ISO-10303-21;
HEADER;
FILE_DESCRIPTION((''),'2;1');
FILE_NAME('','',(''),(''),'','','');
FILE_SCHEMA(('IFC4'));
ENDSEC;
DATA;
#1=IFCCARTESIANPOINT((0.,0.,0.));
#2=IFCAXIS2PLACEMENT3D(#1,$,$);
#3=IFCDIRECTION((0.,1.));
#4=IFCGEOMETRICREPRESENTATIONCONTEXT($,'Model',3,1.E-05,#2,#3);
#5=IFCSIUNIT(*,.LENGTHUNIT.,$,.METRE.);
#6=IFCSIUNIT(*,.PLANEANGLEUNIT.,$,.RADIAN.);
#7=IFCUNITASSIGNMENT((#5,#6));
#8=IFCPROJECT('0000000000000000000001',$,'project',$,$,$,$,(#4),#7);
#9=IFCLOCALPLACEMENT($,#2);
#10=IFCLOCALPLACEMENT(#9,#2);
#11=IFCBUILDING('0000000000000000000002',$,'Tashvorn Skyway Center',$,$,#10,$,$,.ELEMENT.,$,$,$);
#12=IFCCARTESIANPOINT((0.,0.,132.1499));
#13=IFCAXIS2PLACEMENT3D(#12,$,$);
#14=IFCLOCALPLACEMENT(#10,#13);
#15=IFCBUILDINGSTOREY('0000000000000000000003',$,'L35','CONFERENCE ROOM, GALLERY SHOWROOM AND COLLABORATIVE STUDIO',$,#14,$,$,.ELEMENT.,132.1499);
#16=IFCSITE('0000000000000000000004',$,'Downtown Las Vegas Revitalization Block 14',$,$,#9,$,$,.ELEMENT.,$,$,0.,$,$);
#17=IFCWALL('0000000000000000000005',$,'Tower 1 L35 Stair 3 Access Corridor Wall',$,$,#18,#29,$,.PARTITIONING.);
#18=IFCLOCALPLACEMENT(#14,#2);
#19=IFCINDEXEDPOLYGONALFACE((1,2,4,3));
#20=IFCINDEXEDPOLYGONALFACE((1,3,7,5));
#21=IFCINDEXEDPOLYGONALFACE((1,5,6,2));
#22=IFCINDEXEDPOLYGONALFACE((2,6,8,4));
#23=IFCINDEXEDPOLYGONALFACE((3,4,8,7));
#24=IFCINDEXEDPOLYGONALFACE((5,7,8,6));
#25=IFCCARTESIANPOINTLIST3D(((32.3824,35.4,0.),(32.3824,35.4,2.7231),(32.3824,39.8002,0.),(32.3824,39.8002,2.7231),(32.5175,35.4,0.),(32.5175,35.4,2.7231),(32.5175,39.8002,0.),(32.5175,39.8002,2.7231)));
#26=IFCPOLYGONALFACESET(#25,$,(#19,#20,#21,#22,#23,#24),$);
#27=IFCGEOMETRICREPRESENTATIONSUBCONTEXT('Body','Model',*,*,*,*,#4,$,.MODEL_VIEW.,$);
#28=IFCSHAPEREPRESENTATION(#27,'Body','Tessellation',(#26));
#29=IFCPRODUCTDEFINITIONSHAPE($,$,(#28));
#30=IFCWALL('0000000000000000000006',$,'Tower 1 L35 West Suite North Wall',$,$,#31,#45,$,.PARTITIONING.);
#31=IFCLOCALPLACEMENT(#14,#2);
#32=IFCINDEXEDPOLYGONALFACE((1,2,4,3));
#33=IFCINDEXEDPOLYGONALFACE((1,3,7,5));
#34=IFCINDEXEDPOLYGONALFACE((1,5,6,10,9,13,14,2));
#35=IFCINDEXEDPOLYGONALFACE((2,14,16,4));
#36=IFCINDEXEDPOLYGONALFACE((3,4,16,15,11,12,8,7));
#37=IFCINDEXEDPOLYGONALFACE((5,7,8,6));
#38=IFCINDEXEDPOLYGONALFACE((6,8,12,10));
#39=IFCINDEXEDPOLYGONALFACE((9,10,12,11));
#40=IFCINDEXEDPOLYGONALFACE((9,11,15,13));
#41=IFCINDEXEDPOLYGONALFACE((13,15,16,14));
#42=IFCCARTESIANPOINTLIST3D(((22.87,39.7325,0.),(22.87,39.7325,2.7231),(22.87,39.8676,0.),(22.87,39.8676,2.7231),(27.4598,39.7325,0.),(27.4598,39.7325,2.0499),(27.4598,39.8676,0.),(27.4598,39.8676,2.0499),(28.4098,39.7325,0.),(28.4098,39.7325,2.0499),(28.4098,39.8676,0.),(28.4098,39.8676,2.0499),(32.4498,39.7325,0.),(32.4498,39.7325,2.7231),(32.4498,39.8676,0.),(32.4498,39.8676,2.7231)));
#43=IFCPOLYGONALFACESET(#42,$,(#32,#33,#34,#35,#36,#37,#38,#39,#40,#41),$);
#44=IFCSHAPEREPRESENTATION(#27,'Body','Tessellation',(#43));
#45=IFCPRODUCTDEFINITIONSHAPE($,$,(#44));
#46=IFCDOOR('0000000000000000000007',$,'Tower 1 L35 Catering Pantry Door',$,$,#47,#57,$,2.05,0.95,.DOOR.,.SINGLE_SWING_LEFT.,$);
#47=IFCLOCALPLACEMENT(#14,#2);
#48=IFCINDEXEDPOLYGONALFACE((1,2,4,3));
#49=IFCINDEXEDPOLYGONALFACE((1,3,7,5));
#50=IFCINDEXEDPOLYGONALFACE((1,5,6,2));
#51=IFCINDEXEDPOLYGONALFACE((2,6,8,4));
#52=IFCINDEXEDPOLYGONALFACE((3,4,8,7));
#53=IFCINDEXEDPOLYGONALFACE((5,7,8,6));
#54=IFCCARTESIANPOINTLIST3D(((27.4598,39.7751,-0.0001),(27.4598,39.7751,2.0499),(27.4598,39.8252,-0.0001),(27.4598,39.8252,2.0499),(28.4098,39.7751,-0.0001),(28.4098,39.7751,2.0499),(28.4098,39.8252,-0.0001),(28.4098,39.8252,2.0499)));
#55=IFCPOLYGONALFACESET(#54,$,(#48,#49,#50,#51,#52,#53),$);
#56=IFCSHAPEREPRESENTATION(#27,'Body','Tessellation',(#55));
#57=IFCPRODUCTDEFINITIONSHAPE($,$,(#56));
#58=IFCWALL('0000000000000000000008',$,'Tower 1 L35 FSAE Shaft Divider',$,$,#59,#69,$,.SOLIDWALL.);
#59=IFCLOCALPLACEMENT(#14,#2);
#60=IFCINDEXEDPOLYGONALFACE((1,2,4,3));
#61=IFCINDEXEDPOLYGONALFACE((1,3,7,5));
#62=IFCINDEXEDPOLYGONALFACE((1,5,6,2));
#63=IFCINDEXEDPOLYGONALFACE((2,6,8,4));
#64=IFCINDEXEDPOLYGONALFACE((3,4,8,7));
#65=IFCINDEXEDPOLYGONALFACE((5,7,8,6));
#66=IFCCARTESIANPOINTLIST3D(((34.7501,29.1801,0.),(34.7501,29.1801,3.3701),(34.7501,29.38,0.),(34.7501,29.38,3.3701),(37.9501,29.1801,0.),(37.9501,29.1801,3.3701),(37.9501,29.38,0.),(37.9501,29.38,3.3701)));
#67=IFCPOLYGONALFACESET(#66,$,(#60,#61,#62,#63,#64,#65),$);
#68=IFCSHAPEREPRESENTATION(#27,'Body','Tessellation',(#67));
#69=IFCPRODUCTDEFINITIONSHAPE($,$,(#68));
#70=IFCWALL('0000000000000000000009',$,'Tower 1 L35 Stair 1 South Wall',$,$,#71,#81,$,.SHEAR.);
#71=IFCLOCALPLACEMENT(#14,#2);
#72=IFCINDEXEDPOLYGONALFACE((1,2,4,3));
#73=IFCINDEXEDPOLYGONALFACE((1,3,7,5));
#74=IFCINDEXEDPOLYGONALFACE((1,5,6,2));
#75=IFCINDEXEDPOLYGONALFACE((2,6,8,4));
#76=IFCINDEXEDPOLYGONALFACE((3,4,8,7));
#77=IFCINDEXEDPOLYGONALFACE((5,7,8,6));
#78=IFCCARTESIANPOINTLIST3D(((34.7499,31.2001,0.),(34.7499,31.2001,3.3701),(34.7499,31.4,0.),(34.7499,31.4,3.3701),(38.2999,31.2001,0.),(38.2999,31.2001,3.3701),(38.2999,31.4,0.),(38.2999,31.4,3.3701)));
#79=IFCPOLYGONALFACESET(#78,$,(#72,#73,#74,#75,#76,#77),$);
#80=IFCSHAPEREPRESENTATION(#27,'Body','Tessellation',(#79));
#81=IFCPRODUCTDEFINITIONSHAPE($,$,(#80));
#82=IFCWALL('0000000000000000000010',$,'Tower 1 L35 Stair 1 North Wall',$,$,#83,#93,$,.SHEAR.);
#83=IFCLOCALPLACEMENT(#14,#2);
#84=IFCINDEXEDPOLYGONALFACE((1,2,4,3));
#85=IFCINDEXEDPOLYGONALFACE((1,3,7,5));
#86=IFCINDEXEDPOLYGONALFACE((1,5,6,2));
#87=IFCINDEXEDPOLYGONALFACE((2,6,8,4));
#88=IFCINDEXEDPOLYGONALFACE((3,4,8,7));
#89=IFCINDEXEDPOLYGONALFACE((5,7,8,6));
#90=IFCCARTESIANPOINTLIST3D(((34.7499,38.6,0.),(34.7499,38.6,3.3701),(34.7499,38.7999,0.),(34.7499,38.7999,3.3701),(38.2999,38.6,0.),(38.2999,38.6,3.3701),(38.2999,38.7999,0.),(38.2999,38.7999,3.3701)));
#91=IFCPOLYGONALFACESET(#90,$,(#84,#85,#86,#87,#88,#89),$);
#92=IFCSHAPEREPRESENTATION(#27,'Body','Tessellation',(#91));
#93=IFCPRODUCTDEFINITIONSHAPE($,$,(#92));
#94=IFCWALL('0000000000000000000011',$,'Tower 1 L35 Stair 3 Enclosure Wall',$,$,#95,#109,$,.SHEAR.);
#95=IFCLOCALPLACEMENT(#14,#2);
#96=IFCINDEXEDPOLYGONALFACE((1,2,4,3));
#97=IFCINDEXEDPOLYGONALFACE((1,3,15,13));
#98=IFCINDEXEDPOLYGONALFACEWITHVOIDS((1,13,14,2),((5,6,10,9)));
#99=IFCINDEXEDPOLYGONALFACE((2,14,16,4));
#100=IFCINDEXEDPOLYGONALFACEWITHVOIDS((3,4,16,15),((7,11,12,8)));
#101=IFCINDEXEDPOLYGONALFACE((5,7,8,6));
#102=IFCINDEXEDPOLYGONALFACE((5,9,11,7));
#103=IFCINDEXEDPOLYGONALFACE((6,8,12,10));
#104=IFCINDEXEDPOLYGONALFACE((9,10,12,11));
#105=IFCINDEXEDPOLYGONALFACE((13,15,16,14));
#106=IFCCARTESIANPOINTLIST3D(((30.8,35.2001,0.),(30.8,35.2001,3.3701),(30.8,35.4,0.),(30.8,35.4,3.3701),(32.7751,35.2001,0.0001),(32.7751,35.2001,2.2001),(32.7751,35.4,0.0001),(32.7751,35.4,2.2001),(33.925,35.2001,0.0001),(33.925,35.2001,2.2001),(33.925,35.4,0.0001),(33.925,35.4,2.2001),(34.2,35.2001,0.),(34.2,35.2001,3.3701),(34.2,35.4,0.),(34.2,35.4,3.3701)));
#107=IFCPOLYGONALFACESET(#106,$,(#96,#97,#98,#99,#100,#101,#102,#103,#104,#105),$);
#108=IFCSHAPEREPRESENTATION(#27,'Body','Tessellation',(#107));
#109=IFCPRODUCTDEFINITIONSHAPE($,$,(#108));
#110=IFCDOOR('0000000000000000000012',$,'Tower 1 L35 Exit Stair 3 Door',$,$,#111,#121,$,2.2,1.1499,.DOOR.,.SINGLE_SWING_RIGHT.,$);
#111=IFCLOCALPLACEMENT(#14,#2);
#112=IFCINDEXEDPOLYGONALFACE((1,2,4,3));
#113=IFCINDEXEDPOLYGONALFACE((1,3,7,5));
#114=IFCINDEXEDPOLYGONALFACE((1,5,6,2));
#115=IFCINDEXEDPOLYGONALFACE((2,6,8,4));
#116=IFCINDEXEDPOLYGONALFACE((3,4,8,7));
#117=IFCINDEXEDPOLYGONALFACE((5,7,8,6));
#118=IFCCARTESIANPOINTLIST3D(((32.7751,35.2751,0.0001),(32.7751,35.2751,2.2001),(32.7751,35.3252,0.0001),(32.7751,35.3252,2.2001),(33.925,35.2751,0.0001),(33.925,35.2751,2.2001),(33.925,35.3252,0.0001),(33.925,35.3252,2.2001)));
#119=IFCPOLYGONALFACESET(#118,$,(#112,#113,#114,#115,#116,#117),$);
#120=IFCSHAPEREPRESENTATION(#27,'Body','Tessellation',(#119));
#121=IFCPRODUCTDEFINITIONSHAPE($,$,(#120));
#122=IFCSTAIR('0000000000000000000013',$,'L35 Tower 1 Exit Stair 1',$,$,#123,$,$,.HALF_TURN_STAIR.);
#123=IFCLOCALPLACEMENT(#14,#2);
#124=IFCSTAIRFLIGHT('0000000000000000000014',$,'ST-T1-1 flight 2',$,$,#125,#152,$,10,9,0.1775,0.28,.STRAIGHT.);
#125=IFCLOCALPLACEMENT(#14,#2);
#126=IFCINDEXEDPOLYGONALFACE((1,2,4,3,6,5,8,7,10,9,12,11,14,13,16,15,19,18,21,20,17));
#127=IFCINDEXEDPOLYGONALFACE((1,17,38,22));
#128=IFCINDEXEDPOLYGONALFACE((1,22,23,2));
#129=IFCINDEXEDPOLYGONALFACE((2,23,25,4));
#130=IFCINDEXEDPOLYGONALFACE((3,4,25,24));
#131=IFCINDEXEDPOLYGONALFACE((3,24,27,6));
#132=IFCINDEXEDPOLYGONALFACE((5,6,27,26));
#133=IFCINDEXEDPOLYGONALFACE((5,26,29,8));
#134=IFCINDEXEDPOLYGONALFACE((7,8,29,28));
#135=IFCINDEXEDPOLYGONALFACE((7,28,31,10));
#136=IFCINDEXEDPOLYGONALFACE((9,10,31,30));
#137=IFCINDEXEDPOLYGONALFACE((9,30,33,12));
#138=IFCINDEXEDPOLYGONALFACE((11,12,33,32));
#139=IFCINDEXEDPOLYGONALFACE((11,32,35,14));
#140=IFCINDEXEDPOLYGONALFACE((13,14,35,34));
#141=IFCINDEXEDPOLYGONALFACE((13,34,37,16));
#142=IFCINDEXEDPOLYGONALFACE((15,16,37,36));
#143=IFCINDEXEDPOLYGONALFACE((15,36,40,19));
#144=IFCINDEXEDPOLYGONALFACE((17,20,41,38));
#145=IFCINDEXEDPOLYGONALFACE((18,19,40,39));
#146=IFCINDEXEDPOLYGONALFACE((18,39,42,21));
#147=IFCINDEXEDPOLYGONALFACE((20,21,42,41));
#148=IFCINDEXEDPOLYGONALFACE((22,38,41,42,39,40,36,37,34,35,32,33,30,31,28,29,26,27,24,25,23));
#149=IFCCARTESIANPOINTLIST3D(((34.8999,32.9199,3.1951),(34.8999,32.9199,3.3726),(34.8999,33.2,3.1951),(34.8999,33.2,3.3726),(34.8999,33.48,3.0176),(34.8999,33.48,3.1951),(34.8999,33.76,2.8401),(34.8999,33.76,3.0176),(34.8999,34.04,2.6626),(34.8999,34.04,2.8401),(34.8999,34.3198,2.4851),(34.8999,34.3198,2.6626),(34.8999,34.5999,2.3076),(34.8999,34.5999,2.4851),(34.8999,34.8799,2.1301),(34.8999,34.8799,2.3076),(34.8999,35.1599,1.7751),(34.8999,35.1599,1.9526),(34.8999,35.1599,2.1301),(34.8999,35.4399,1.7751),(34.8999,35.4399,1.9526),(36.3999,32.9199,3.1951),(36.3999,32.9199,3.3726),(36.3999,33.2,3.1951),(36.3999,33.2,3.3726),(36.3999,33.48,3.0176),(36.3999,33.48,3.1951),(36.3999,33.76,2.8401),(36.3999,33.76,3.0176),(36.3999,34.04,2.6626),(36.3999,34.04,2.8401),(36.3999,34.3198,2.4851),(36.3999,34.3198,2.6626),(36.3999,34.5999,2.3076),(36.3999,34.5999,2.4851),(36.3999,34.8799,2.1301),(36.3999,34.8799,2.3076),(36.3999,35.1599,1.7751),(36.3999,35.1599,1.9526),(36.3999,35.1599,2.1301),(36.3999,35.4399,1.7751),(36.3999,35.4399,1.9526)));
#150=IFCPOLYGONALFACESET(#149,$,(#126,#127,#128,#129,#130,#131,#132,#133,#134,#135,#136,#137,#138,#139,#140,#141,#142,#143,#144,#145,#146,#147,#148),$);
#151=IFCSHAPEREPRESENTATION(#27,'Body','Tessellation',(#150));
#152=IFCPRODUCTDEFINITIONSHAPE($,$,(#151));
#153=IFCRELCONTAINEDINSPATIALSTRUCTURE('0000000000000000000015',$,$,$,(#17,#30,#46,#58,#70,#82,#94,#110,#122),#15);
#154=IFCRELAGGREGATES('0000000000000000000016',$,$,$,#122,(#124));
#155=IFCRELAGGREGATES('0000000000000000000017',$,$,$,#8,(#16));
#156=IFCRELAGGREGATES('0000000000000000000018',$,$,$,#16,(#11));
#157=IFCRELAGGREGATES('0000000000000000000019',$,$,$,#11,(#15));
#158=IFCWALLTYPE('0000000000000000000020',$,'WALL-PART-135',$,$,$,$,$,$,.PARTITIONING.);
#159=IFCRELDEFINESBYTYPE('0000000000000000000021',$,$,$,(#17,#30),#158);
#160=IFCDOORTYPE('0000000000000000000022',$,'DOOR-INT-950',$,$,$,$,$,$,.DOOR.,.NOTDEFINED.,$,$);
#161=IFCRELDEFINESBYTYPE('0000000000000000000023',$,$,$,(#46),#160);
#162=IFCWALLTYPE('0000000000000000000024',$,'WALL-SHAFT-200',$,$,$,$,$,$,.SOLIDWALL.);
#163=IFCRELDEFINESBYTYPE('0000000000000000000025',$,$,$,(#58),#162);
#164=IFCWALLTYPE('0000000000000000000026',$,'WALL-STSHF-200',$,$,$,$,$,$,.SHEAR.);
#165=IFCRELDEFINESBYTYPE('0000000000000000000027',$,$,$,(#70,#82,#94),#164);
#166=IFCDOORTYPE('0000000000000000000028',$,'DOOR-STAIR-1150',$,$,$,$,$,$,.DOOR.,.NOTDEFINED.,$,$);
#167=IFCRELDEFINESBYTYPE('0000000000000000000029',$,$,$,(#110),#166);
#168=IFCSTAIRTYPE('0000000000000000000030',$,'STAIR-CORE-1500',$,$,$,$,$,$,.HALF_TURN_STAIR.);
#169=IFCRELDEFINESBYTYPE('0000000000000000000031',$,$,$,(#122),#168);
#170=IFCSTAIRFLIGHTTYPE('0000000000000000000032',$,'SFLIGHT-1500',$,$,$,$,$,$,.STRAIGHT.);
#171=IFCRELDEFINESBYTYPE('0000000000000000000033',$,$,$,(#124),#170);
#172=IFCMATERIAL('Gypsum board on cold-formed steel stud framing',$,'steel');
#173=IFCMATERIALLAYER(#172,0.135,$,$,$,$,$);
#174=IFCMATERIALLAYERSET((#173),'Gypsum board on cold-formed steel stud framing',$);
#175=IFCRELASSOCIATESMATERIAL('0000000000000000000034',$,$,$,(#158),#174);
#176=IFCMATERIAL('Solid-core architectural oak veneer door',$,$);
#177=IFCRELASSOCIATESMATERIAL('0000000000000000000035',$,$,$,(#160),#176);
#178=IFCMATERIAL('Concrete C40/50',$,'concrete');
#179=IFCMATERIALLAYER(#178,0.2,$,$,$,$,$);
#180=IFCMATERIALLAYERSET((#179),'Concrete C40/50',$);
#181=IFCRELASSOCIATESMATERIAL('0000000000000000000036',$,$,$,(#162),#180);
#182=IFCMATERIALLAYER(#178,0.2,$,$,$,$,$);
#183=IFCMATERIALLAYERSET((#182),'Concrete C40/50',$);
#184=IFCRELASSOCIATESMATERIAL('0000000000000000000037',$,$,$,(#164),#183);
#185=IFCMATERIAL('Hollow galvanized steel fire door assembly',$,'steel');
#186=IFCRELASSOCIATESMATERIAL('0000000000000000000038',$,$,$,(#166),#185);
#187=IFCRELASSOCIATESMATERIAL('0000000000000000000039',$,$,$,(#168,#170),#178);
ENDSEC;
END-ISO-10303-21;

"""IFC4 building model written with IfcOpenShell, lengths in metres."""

from ifc_helpers import new_model, si_unit, direction, frame, frame_2d, origin, place, context, subcontext, project, spatial, polyline, rectangle, outline, extrude, material, layer, layer_set, type_object, element, fill, aggregate, save


model = new_model("IFC4")

# Units and contexts
model_context = context("Model", 3, precision=1e-05, world=origin(), true_north=direction((0.0, 1.0)))
body_context = subcontext(model_context, "Body", "Model", "MODEL_VIEW")
ifc_project = project(units=[si_unit("LENGTHUNIT", "METRE"), si_unit("PLANEANGLEUNIT", "RADIAN")], contexts=[model_context])

# Site, building, storey
site_placement = place(None, origin())
site = spatial("IfcSite", under=ifc_project, at=site_placement, Name="Downtown Las Vegas Revitalization Block 14", CompositionType="ELEMENT", RefElevation=0.0)
building_placement = place(site_placement, origin())
building = spatial("IfcBuilding", under=site, at=building_placement, Name="Tashvorn Skyway Center", CompositionType="ELEMENT")
storey_placement = place(building_placement, frame((0.0, 0.0, 132.1499)))
storey = spatial("IfcBuildingStorey", under=building, at=storey_placement, Name="L35", Description="CONFERENCE ROOM, GALLERY SHOWROOM AND COLLABORATIVE STUDIO", CompositionType="ELEMENT", Elevation=132.1499)

# Shared definitions
ifc_material_1 = material(Name="Hollow galvanized steel fire door assembly", Category="steel")

# Wall
ifc_material_2 = material(Name="Gypsum board on cold-formed steel stud framing", Category="steel")
ifc_layer_1 = layer(ifc_material_2, 0.135)
ifc_layer_set_1 = layer_set([ifc_layer_1], Name="Gypsum board on cold-formed steel stud framing")
wall_type_1 = type_object("IfcWallType", Name="WALL-PART-135", PredefinedType="PARTITIONING", material=ifc_layer_set_1)
wall_1_placement = place(storey_placement, frame((32.45, 35.3999, 0.0), z_axis=(0.0, 0.0, 1.0), x_axis=(0.0, 1.0, 0.0)))
element("IfcWall", 1, at=wall_1_placement, inside=storey, type_object=wall_type_1, Name="Tower 1 L35 Stair 3 Access Corridor Wall", PredefinedType="PARTITIONING", context=body_context, shape_type="SweptSolid", body=[
    extrude(rectangle(XDim=4.4001, YDim=0.135, at=frame_2d((2.2002, 0.0))), origin(), (0.0, 0.0, 1.0), 2.7231),
])

# Wall, opening, door
wall_2_placement = place(storey_placement, frame((32.45, 39.8, 0.0), z_axis=(0.0, 0.0, 1.0), x_axis=(-1.0, 0.0, 0.0)))
wall_2 = element("IfcWall", 2, at=wall_2_placement, inside=storey, type_object=wall_type_1, Name="Tower 1 L35 West Suite North Wall", PredefinedType="PARTITIONING", context=body_context, shape_type="SweptSolid", body=[
    extrude(rectangle(XDim=9.5798, YDim=0.135, at=frame_2d((4.79, 0.0))), origin(), (0.0, 0.0, 1.0), 2.7231),
])
opening_1_placement = place(wall_2_placement, frame((4.04, 0.0, 0.0)))
opening_1 = element("IfcOpeningElement", 3, at=opening_1_placement, cuts=wall_2, PredefinedType="OPENING", context=body_context, shape_type="SweptSolid", body=[
    extrude(rectangle(XDim=0.95, YDim=2.05, at=frame_2d((0.4751, 1.0249))), frame((0.0, 0.0774, 0.0), z_axis=(0.0, -1.0, 0.0), x_axis=(1.0, 0.0, 0.0)), (0.0, 0.0, 1.0), 0.155),
])
ifc_material_3 = material(Name="Solid-core architectural oak veneer door")
door_type_1 = type_object("IfcDoorType", Name="DOOR-INT-950", OperationType="NOTDEFINED", PredefinedType="DOOR", material=ifc_material_3)
door_1_placement = place(opening_1_placement, origin())
door_1 = element("IfcDoor", 4, at=door_1_placement, inside=storey, type_object=door_type_1, Name="Tower 1 L35 Catering Pantry Door", OperationType="SINGLE_SWING_LEFT", OverallHeight=2.05, OverallWidth=0.95, PredefinedType="DOOR", context=body_context, shape_type="SweptSolid", body=[
    extrude(rectangle(XDim=0.95, YDim=2.05, at=frame_2d((0.4751, 1.0249))), frame((0.0, 0.0249, 0.0), z_axis=(0.0, -1.0, 0.0), x_axis=(1.0, 0.0, 0.0)), (0.0, 0.0, 1.0), 0.05),
])
fill(opening_1, door_1)

# Walls
ifc_material_4 = material(Name="Concrete C40/50", Category="concrete")
ifc_layer_2 = layer(ifc_material_4, 0.2)
ifc_layer_set_2 = layer_set([ifc_layer_2], Name="Concrete C40/50")
wall_type_2 = type_object("IfcWallType", Name="WALL-SHAFT-200", PredefinedType="SOLIDWALL", material=ifc_layer_set_2)
wall_3_placement = place(storey_placement, frame((34.75, 29.28, 0.0), z_axis=(0.0, 0.0, 1.0), x_axis=(1.0, 0.0, 0.0)))
element("IfcWall", 5, at=wall_3_placement, inside=storey, type_object=wall_type_2, Name="Tower 1 L35 FSAE Shaft Divider", PredefinedType="SOLIDWALL", context=body_context, shape_type="SweptSolid", body=[
    extrude(rectangle(XDim=3.2, YDim=0.2, at=frame_2d((1.6001, 0.0))), origin(), (0.0, 0.0, 1.0), 3.3701),
])
ifc_layer_3 = layer(ifc_material_4, 0.2)
ifc_layer_set_3 = layer_set([ifc_layer_3], Name="Concrete C40/50")
wall_type_3 = type_object("IfcWallType", Name="WALL-STSHF-200", PredefinedType="SHEAR", material=ifc_layer_set_3)
for number, where, z_axis, x_axis, name in (
    (6, (34.75, 31.3, 0.0), (0.0, 0.0, 1.0), (1.0, 0.0, 0.0), "Tower 1 L35 Stair 1 South Wall"),
    (7, (34.75, 38.7, 0.0), (0.0, 0.0, 1.0), (1.0, 0.0, 0.0), "Tower 1 L35 Stair 1 North Wall"),
):
    element("IfcWall", number, at=place(storey_placement, frame(where, z_axis=z_axis, x_axis=x_axis)), inside=storey, type_object=wall_type_3, Name=name, PredefinedType="SHEAR", context=body_context, shape_type="SweptSolid", body=[
        extrude(rectangle(XDim=3.55, YDim=0.2, at=frame_2d((1.7749, 0.0))), origin(), (0.0, 0.0, 1.0), 3.3701),
    ])

# Wall, opening, door
wall_4_placement = place(storey_placement, frame((34.2, 35.3, 0.0), z_axis=(0.0, 0.0, 1.0), x_axis=(-1.0, 0.0, 0.0)))
wall_4 = element("IfcWall", 8, at=wall_4_placement, inside=storey, type_object=wall_type_3, Name="Tower 1 L35 Stair 3 Enclosure Wall", PredefinedType="SHEAR", context=body_context, shape_type="SweptSolid", body=[
    extrude(rectangle(XDim=3.3999, YDim=0.2, at=frame_2d((1.7, 0.0))), origin(), (0.0, 0.0, 1.0), 3.3701),
])
opening_2_placement = place(wall_4_placement, frame((0.2749, 0.0, 0.0)))
opening_2 = element("IfcOpeningElement", 9, at=opening_2_placement, cuts=wall_4, PredefinedType="OPENING", context=body_context, shape_type="SweptSolid", body=[
    extrude(rectangle(XDim=1.1499, YDim=2.2, at=frame_2d((0.575, 1.1001))), frame((0.0, 0.1099, 0.0), z_axis=(0.0, -1.0, 0.0), x_axis=(1.0, 0.0, 0.0)), (0.0, 0.0, 1.0), 0.22),
])
door_type_2 = type_object("IfcDoorType", Name="DOOR-STAIR-1150", OperationType="NOTDEFINED", PredefinedType="DOOR", material=ifc_material_1)
door_2_placement = place(opening_2_placement, origin())
door_2 = element("IfcDoor", 10, at=door_2_placement, inside=storey, type_object=door_type_2, Name="Tower 1 L35 Exit Stair 3 Door", OperationType="SINGLE_SWING_RIGHT", OverallHeight=2.2, OverallWidth=1.1499, PredefinedType="DOOR", context=body_context, shape_type="SweptSolid", body=[
    extrude(rectangle(XDim=1.1499, YDim=2.2, at=frame_2d((0.575, 1.1001))), frame((0.0, 0.0249, 0.0), z_axis=(0.0, -1.0, 0.0), x_axis=(1.0, 0.0, 0.0)), (0.0, 0.0, 1.0), 0.05),
])
fill(opening_2, door_2)

# Stair, stair flight
stair_type = type_object("IfcStairType", Name="STAIR-CORE-1500", PredefinedType="HALF_TURN_STAIR", material=ifc_material_4)
stair_1_placement = place(storey_placement, origin())
stair_1 = element("IfcStair", 11, at=stair_1_placement, inside=storey, type_object=stair_type, Name="L35 Tower 1 Exit Stair 1", PredefinedType="HALF_TURN_STAIR")
stair_flight_type = type_object("IfcStairFlightType", Name="SFLIGHT-1500", PredefinedType="STRAIGHT", material=ifc_material_4)
stair_flight_1_placement = place(storey_placement, frame((35.6499, 35.4399, 1.7751), z_axis=(0.0, 0.0, 1.0), x_axis=(0.0, -1.0, 0.0)))
stair_flight_1 = element("IfcStairFlight", 12, at=stair_flight_1_placement, type_object=stair_flight_type, Name="ST-T1-1 flight 2", NumberOfRisers=10, NumberOfTreads=9, PredefinedType="STRAIGHT", RiserHeight=0.1775, TreadLength=0.28, context=body_context, shape_type="SweptSolid", body=[
    extrude(outline(polyline([(0.0, 0.0), (0.0, 0.1775), (0.28, 0.1775), (0.28, 0.355), (0.5601, 0.355), (0.5601, 0.5325), (0.8401, 0.5325), (0.8401, 0.71), (1.1201, 0.71), (1.1201, 0.8875), (1.3999, 0.8875), (1.3999, 1.0649), (1.6799, 1.0649), (1.6799, 1.2424), (1.96, 1.2424), (1.96, 1.4199), (2.24, 1.4199), (2.24, 1.5974), (2.52, 1.5974), (2.52, 1.7749), (2.52, 1.4199), (0.28, 0.0), (0.0, 0.0)])), frame((0.0, 0.75, 0.0), z_axis=(0.0, -1.0, 0.0), x_axis=(1.0, 0.0, 0.0)), (0.0, 0.0, 1.0), 1.5),
])
aggregate(stair_1, [stair_flight_1])

save(model, "model.ifc")
